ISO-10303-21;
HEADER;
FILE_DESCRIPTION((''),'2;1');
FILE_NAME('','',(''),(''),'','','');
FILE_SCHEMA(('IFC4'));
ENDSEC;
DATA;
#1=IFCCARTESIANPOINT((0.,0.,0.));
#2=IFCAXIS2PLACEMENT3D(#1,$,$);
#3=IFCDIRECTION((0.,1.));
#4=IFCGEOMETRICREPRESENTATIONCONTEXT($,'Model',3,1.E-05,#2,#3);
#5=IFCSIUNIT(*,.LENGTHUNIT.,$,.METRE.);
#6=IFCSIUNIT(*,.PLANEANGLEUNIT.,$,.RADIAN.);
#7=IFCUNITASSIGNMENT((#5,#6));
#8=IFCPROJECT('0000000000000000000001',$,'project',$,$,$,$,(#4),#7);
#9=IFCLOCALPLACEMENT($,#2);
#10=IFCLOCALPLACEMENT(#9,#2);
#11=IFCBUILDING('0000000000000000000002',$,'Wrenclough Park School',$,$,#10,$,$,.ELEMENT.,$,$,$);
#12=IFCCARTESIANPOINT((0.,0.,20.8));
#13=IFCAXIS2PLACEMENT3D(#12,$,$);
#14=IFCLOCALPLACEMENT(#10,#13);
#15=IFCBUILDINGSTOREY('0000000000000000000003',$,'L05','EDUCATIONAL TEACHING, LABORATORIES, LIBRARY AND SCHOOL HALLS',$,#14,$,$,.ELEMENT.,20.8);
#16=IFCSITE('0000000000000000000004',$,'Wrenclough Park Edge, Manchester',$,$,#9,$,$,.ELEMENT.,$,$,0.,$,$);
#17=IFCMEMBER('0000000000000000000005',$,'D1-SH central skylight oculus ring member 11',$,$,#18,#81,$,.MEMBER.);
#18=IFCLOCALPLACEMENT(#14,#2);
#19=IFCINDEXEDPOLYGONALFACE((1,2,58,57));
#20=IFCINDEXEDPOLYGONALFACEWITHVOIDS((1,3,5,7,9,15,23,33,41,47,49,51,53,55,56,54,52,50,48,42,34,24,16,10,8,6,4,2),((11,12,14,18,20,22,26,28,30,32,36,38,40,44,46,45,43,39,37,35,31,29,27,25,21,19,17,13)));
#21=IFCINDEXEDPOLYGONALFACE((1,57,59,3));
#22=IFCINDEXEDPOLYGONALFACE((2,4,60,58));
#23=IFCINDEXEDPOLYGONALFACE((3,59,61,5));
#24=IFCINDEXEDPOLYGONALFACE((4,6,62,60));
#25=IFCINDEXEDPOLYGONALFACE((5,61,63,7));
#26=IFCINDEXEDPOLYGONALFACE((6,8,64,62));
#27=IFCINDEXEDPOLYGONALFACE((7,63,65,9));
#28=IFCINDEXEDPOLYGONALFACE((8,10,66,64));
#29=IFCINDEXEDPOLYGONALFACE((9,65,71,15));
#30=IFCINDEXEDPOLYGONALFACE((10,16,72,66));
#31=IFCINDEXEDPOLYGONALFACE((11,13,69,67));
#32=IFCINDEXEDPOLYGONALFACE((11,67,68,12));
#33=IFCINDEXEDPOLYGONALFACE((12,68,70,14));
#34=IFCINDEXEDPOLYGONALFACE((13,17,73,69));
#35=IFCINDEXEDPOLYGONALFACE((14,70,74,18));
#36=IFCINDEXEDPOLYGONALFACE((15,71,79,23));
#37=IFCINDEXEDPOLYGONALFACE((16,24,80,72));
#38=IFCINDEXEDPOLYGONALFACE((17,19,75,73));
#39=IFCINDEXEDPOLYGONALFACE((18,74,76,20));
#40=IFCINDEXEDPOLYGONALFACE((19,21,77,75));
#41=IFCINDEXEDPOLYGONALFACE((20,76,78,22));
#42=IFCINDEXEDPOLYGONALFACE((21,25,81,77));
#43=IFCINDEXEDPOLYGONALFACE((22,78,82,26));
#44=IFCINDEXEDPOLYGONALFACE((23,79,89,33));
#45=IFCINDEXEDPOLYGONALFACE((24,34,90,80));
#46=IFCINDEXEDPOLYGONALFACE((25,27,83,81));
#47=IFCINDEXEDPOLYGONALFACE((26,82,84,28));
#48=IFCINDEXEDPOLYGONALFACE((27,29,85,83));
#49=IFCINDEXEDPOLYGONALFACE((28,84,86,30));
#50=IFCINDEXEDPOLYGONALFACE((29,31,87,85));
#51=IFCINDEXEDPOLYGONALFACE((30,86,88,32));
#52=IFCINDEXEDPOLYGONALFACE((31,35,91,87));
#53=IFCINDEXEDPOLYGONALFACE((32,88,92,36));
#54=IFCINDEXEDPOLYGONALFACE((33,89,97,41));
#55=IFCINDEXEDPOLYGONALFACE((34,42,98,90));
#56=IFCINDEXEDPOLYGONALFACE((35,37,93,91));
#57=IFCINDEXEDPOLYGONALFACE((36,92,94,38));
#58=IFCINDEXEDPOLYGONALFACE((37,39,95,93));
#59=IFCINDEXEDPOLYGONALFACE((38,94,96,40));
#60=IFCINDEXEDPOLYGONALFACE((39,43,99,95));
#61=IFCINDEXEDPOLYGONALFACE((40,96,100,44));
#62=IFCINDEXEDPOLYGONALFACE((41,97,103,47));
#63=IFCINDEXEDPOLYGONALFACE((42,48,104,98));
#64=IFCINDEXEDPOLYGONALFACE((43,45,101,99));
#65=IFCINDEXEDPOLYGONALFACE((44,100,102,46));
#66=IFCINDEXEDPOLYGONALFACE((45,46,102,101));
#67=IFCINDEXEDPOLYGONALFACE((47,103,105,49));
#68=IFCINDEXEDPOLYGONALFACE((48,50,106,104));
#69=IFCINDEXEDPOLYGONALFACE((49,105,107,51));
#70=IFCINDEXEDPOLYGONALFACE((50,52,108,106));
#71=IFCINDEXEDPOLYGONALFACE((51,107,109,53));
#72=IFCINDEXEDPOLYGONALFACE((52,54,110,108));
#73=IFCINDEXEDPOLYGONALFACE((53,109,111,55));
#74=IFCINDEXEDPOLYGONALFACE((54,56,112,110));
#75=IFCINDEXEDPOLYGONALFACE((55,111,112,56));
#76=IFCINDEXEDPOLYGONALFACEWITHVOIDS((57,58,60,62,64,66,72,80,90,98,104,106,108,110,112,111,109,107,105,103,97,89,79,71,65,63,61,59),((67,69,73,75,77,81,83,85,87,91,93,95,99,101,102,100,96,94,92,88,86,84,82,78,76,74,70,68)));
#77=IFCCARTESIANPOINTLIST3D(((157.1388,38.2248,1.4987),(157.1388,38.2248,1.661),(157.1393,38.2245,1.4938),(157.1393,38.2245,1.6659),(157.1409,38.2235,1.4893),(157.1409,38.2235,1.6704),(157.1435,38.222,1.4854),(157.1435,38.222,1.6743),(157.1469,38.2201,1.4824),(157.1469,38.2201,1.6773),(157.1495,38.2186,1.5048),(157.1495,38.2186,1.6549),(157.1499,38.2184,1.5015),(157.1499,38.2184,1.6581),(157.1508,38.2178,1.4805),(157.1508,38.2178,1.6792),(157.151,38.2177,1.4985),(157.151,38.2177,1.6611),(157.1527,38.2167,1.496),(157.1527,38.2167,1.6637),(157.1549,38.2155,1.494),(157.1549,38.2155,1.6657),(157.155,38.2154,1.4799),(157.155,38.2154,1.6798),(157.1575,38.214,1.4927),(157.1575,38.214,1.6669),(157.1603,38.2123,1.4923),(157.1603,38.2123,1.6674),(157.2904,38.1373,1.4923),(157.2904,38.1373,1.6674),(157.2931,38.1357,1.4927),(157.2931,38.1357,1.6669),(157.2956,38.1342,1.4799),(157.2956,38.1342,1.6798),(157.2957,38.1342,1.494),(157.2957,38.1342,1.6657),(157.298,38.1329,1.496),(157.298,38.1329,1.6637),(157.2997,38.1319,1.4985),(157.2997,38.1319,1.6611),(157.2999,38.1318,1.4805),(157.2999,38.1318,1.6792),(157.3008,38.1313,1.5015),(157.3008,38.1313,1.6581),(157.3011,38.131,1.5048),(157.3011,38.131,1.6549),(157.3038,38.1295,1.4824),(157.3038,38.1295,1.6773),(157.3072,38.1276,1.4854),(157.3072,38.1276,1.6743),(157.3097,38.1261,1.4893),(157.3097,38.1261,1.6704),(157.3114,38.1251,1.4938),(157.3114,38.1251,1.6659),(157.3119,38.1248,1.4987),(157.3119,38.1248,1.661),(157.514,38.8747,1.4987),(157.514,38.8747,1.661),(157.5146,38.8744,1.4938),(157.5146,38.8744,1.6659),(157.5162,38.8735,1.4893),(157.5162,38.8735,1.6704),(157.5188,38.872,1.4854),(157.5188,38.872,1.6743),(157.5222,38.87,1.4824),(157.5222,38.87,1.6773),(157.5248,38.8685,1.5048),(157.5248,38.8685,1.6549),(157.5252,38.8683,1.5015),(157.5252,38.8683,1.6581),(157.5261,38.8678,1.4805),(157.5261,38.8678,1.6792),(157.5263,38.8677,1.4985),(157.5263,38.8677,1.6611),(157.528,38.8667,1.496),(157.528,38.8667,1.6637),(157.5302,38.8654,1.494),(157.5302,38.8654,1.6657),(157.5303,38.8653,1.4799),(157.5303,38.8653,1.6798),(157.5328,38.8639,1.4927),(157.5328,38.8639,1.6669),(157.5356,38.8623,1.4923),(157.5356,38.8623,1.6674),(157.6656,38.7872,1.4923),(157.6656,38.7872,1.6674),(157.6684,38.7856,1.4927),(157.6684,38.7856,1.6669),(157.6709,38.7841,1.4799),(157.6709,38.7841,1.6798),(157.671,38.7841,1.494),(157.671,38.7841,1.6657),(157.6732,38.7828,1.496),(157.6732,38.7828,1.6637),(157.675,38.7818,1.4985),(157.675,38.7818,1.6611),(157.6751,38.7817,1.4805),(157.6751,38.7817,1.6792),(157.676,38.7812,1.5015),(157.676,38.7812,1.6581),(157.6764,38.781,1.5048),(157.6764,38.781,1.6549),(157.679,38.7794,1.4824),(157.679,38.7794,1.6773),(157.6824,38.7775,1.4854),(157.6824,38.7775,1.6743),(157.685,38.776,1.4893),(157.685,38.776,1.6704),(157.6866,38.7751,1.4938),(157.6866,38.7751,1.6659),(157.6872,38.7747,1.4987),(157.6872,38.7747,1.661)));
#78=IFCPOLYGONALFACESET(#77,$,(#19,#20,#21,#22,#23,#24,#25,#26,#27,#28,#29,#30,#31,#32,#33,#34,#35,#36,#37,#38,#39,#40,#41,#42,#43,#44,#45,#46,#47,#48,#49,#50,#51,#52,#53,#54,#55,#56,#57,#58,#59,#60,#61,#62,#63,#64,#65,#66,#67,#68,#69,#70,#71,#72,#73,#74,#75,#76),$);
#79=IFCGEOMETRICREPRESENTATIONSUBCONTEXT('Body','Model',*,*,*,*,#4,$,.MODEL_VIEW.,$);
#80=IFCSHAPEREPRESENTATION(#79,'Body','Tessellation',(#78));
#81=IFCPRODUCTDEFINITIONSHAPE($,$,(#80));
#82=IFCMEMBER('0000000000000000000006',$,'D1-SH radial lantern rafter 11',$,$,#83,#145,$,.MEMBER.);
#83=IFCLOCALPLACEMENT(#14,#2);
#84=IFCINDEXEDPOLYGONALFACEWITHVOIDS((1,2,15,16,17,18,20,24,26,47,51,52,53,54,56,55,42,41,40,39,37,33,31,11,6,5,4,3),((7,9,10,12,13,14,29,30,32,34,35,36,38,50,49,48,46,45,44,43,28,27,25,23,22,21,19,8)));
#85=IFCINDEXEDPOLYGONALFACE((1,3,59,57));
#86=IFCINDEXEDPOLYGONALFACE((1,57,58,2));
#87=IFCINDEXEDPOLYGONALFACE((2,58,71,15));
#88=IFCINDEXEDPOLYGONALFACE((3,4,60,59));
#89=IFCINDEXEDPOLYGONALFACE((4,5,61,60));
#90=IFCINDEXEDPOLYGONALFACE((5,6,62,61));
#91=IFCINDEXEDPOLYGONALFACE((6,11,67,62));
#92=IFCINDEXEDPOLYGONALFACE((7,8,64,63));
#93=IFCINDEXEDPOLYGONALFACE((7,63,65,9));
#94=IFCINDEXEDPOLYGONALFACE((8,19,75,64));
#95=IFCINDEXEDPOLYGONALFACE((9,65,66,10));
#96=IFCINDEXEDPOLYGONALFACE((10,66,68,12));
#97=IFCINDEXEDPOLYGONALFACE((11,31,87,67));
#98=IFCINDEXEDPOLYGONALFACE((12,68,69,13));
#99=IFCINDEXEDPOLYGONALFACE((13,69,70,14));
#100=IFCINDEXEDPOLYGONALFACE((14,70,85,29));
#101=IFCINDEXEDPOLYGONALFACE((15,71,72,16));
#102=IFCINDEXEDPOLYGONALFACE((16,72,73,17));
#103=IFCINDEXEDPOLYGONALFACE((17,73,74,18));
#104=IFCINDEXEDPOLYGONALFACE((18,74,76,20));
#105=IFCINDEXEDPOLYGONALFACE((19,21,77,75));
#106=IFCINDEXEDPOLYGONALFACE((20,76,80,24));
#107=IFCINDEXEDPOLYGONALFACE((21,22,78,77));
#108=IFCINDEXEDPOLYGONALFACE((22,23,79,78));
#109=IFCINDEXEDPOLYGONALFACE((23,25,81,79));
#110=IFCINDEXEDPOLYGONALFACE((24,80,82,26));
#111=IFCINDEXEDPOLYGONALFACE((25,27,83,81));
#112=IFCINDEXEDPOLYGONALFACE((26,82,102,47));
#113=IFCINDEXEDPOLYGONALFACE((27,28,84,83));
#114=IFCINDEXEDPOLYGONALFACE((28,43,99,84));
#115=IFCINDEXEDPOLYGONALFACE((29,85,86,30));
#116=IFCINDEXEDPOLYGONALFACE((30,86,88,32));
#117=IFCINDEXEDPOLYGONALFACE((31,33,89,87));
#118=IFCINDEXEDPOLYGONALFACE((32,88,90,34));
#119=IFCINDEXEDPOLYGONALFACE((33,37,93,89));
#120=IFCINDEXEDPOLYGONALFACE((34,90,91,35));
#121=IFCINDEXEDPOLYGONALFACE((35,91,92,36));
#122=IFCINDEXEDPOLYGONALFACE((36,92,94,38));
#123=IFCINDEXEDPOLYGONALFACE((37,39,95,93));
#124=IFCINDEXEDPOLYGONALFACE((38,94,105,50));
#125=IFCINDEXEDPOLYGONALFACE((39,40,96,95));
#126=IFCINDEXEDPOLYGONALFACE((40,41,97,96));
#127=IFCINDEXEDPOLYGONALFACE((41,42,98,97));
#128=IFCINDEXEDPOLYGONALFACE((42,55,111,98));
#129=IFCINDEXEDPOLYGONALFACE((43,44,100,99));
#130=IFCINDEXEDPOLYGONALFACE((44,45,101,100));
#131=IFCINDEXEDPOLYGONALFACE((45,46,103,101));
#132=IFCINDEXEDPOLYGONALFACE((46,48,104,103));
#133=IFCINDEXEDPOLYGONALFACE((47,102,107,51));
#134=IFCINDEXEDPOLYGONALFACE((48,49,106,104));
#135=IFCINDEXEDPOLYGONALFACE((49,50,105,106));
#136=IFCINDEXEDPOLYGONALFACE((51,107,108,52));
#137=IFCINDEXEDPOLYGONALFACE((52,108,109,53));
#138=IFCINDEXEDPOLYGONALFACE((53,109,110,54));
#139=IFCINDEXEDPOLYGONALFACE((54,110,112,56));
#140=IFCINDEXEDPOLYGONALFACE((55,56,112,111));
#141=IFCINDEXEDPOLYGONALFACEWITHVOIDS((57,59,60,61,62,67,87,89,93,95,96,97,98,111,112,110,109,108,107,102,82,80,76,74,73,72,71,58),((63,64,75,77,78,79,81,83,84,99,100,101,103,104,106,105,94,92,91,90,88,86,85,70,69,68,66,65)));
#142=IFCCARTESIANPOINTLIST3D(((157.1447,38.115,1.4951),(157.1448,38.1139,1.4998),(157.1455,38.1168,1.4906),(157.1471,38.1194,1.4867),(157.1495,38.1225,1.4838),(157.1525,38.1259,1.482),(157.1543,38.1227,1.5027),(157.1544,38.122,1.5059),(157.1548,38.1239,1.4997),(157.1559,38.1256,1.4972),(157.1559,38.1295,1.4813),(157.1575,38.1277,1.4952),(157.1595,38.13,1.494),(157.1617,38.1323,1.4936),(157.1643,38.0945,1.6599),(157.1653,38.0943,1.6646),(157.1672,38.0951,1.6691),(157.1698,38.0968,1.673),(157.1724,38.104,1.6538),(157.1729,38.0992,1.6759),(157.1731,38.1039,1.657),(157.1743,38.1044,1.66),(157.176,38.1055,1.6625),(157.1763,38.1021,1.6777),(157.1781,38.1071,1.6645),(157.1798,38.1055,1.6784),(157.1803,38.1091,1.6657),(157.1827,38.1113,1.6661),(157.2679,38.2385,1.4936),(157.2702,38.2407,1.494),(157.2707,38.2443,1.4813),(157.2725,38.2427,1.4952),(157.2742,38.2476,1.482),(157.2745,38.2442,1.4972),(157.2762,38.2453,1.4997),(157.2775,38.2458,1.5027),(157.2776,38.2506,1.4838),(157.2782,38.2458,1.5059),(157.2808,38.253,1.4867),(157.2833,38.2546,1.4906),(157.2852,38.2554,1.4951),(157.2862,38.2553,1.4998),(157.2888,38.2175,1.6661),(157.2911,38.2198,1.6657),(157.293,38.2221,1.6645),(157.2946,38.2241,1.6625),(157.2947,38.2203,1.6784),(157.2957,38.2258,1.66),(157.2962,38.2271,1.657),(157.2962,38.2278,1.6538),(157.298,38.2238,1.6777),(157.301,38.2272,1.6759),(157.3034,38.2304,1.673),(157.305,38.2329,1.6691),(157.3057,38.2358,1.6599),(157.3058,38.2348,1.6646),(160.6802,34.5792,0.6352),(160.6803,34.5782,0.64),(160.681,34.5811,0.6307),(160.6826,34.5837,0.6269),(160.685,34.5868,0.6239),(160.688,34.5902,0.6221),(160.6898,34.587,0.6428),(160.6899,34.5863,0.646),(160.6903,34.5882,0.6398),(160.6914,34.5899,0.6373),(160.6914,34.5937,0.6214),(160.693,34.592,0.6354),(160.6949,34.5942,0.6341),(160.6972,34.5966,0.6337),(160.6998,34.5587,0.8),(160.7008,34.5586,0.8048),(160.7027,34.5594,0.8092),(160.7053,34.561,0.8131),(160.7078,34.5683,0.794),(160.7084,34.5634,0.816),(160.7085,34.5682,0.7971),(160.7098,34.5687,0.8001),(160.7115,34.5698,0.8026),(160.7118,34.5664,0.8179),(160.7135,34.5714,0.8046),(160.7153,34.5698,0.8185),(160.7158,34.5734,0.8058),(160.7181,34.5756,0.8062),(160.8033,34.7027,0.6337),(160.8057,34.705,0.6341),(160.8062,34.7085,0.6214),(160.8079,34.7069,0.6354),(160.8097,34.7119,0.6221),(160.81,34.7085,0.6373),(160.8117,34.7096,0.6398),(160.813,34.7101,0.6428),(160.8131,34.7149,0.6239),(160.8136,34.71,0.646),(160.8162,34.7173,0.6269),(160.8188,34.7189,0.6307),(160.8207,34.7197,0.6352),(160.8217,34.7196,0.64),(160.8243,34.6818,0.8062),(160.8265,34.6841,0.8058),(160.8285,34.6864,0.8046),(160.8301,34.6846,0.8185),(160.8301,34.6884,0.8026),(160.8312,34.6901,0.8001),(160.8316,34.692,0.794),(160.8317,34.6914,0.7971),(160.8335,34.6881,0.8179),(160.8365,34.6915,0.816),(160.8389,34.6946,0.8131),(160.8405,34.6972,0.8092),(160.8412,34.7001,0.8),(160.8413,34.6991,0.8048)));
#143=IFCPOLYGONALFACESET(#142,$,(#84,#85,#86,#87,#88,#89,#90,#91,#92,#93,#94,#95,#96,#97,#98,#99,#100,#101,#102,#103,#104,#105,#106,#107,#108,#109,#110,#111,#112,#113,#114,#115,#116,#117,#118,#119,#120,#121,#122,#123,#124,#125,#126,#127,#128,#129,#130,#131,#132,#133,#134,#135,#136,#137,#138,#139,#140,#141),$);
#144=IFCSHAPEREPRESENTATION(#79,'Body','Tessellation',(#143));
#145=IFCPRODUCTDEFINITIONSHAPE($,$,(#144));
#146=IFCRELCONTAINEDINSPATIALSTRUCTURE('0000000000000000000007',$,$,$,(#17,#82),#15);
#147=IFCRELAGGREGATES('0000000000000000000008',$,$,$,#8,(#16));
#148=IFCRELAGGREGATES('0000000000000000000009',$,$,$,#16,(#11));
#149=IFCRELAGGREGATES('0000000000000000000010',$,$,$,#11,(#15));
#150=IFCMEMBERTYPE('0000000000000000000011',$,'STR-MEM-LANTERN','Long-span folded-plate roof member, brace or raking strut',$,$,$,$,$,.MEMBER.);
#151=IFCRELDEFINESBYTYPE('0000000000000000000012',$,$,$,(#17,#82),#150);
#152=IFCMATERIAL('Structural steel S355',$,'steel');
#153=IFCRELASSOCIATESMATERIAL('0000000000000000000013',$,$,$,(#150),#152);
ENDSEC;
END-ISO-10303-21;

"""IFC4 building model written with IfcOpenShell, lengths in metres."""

from ifc_helpers import new_model, si_unit, direction, frame, origin, origin_2d, place, context, subcontext, project, spatial, hollow_rectangle, extrude, material, material_profile, profile_set, type_object, element, save


model = new_model("IFC4")

# Units and contexts
model_context = context("Model", 3, precision=1e-05, world=origin(), true_north=direction((0.0, 1.0)))
body_context = subcontext(model_context, "Body", "Model", "MODEL_VIEW")
ifc_project = project(units=[si_unit("LENGTHUNIT", "METRE"), si_unit("PLANEANGLEUNIT", "RADIAN")], contexts=[model_context])

# Site, building, storey
site_placement = place(None, origin())
site = spatial("IfcSite", under=ifc_project, at=site_placement, Name="Wrenclough Park Edge, Manchester", CompositionType="ELEMENT", RefElevation=0.0)
building_placement = place(site_placement, origin())
building = spatial("IfcBuilding", under=site, at=building_placement, Name="Wrenclough Park School", CompositionType="ELEMENT")
storey_placement = place(building_placement, frame((0.0, 0.0, 20.8)))
storey = spatial("IfcBuildingStorey", under=building, at=storey_placement, Name="L05", Description="EDUCATIONAL TEACHING, LABORATORIES, LIBRARY AND SCHOOL HALLS", CompositionType="ELEMENT", Elevation=20.8)

# Shared definitions
ifc_material_1 = material(Name="Structural steel S355", Category="steel")

# Members
ifc_material_profile_1 = material_profile(ifc_material_1, hollow_rectangle(XDim=0.2, YDim=0.2, WallThickness=0.0125, InnerFilletRadius=0.0125, OuterFilletRadius=0.0188, at=origin_2d()), Name="SHS 200x200x12.5")
ifc_profile_set_1 = profile_set([ifc_material_profile_1], Name="Structural steel S355")
member_type_1 = type_object("IfcMemberType", Name="STR-MEM-LANTERN", Description="Long-span folded-plate roof member, brace or raking strut", PredefinedType="MEMBER", material=ifc_profile_set_1)
member_1_placement = place(storey_placement, frame((157.2253, 38.1748, 1.5798), z_axis=(0.500023, 0.866012, 0.0), x_axis=(-0.866012, 0.500023, 0.0)))
element("IfcMember", 1, at=member_1_placement, inside=storey, type_object=member_type_1, Name="D1-SH central skylight oculus ring member 11", PredefinedType="MEMBER", context=body_context, shape_type="SweptSolid", body=[
    extrude(hollow_rectangle(XDim=0.2, YDim=0.2, WallThickness=0.0125, InnerFilletRadius=0.0125, OuterFilletRadius=0.0188, at=origin_2d()), origin(), (0.0, 0.0, 1.0), 0.7505),
])
member_2_placement = place(storey_placement, frame((160.7607, 34.6392, 0.72), z_axis=(-0.696853, 0.696901, 0.169485), x_axis=(-0.707131, -0.707082, 0.0)))
element("IfcMember", 2, at=member_2_placement, inside=storey, type_object=member_type_1, Name="D1-SH radial lantern rafter 11", PredefinedType="MEMBER", context=body_context, shape_type="SweptSolid", body=[
    extrude(hollow_rectangle(XDim=0.2, YDim=0.2, WallThickness=0.0125, InnerFilletRadius=0.0125, OuterFilletRadius=0.0188, at=origin_2d()), origin(), (0.0, 0.0, 1.0), 5.0735),
])

save(model, "model.ifc")
